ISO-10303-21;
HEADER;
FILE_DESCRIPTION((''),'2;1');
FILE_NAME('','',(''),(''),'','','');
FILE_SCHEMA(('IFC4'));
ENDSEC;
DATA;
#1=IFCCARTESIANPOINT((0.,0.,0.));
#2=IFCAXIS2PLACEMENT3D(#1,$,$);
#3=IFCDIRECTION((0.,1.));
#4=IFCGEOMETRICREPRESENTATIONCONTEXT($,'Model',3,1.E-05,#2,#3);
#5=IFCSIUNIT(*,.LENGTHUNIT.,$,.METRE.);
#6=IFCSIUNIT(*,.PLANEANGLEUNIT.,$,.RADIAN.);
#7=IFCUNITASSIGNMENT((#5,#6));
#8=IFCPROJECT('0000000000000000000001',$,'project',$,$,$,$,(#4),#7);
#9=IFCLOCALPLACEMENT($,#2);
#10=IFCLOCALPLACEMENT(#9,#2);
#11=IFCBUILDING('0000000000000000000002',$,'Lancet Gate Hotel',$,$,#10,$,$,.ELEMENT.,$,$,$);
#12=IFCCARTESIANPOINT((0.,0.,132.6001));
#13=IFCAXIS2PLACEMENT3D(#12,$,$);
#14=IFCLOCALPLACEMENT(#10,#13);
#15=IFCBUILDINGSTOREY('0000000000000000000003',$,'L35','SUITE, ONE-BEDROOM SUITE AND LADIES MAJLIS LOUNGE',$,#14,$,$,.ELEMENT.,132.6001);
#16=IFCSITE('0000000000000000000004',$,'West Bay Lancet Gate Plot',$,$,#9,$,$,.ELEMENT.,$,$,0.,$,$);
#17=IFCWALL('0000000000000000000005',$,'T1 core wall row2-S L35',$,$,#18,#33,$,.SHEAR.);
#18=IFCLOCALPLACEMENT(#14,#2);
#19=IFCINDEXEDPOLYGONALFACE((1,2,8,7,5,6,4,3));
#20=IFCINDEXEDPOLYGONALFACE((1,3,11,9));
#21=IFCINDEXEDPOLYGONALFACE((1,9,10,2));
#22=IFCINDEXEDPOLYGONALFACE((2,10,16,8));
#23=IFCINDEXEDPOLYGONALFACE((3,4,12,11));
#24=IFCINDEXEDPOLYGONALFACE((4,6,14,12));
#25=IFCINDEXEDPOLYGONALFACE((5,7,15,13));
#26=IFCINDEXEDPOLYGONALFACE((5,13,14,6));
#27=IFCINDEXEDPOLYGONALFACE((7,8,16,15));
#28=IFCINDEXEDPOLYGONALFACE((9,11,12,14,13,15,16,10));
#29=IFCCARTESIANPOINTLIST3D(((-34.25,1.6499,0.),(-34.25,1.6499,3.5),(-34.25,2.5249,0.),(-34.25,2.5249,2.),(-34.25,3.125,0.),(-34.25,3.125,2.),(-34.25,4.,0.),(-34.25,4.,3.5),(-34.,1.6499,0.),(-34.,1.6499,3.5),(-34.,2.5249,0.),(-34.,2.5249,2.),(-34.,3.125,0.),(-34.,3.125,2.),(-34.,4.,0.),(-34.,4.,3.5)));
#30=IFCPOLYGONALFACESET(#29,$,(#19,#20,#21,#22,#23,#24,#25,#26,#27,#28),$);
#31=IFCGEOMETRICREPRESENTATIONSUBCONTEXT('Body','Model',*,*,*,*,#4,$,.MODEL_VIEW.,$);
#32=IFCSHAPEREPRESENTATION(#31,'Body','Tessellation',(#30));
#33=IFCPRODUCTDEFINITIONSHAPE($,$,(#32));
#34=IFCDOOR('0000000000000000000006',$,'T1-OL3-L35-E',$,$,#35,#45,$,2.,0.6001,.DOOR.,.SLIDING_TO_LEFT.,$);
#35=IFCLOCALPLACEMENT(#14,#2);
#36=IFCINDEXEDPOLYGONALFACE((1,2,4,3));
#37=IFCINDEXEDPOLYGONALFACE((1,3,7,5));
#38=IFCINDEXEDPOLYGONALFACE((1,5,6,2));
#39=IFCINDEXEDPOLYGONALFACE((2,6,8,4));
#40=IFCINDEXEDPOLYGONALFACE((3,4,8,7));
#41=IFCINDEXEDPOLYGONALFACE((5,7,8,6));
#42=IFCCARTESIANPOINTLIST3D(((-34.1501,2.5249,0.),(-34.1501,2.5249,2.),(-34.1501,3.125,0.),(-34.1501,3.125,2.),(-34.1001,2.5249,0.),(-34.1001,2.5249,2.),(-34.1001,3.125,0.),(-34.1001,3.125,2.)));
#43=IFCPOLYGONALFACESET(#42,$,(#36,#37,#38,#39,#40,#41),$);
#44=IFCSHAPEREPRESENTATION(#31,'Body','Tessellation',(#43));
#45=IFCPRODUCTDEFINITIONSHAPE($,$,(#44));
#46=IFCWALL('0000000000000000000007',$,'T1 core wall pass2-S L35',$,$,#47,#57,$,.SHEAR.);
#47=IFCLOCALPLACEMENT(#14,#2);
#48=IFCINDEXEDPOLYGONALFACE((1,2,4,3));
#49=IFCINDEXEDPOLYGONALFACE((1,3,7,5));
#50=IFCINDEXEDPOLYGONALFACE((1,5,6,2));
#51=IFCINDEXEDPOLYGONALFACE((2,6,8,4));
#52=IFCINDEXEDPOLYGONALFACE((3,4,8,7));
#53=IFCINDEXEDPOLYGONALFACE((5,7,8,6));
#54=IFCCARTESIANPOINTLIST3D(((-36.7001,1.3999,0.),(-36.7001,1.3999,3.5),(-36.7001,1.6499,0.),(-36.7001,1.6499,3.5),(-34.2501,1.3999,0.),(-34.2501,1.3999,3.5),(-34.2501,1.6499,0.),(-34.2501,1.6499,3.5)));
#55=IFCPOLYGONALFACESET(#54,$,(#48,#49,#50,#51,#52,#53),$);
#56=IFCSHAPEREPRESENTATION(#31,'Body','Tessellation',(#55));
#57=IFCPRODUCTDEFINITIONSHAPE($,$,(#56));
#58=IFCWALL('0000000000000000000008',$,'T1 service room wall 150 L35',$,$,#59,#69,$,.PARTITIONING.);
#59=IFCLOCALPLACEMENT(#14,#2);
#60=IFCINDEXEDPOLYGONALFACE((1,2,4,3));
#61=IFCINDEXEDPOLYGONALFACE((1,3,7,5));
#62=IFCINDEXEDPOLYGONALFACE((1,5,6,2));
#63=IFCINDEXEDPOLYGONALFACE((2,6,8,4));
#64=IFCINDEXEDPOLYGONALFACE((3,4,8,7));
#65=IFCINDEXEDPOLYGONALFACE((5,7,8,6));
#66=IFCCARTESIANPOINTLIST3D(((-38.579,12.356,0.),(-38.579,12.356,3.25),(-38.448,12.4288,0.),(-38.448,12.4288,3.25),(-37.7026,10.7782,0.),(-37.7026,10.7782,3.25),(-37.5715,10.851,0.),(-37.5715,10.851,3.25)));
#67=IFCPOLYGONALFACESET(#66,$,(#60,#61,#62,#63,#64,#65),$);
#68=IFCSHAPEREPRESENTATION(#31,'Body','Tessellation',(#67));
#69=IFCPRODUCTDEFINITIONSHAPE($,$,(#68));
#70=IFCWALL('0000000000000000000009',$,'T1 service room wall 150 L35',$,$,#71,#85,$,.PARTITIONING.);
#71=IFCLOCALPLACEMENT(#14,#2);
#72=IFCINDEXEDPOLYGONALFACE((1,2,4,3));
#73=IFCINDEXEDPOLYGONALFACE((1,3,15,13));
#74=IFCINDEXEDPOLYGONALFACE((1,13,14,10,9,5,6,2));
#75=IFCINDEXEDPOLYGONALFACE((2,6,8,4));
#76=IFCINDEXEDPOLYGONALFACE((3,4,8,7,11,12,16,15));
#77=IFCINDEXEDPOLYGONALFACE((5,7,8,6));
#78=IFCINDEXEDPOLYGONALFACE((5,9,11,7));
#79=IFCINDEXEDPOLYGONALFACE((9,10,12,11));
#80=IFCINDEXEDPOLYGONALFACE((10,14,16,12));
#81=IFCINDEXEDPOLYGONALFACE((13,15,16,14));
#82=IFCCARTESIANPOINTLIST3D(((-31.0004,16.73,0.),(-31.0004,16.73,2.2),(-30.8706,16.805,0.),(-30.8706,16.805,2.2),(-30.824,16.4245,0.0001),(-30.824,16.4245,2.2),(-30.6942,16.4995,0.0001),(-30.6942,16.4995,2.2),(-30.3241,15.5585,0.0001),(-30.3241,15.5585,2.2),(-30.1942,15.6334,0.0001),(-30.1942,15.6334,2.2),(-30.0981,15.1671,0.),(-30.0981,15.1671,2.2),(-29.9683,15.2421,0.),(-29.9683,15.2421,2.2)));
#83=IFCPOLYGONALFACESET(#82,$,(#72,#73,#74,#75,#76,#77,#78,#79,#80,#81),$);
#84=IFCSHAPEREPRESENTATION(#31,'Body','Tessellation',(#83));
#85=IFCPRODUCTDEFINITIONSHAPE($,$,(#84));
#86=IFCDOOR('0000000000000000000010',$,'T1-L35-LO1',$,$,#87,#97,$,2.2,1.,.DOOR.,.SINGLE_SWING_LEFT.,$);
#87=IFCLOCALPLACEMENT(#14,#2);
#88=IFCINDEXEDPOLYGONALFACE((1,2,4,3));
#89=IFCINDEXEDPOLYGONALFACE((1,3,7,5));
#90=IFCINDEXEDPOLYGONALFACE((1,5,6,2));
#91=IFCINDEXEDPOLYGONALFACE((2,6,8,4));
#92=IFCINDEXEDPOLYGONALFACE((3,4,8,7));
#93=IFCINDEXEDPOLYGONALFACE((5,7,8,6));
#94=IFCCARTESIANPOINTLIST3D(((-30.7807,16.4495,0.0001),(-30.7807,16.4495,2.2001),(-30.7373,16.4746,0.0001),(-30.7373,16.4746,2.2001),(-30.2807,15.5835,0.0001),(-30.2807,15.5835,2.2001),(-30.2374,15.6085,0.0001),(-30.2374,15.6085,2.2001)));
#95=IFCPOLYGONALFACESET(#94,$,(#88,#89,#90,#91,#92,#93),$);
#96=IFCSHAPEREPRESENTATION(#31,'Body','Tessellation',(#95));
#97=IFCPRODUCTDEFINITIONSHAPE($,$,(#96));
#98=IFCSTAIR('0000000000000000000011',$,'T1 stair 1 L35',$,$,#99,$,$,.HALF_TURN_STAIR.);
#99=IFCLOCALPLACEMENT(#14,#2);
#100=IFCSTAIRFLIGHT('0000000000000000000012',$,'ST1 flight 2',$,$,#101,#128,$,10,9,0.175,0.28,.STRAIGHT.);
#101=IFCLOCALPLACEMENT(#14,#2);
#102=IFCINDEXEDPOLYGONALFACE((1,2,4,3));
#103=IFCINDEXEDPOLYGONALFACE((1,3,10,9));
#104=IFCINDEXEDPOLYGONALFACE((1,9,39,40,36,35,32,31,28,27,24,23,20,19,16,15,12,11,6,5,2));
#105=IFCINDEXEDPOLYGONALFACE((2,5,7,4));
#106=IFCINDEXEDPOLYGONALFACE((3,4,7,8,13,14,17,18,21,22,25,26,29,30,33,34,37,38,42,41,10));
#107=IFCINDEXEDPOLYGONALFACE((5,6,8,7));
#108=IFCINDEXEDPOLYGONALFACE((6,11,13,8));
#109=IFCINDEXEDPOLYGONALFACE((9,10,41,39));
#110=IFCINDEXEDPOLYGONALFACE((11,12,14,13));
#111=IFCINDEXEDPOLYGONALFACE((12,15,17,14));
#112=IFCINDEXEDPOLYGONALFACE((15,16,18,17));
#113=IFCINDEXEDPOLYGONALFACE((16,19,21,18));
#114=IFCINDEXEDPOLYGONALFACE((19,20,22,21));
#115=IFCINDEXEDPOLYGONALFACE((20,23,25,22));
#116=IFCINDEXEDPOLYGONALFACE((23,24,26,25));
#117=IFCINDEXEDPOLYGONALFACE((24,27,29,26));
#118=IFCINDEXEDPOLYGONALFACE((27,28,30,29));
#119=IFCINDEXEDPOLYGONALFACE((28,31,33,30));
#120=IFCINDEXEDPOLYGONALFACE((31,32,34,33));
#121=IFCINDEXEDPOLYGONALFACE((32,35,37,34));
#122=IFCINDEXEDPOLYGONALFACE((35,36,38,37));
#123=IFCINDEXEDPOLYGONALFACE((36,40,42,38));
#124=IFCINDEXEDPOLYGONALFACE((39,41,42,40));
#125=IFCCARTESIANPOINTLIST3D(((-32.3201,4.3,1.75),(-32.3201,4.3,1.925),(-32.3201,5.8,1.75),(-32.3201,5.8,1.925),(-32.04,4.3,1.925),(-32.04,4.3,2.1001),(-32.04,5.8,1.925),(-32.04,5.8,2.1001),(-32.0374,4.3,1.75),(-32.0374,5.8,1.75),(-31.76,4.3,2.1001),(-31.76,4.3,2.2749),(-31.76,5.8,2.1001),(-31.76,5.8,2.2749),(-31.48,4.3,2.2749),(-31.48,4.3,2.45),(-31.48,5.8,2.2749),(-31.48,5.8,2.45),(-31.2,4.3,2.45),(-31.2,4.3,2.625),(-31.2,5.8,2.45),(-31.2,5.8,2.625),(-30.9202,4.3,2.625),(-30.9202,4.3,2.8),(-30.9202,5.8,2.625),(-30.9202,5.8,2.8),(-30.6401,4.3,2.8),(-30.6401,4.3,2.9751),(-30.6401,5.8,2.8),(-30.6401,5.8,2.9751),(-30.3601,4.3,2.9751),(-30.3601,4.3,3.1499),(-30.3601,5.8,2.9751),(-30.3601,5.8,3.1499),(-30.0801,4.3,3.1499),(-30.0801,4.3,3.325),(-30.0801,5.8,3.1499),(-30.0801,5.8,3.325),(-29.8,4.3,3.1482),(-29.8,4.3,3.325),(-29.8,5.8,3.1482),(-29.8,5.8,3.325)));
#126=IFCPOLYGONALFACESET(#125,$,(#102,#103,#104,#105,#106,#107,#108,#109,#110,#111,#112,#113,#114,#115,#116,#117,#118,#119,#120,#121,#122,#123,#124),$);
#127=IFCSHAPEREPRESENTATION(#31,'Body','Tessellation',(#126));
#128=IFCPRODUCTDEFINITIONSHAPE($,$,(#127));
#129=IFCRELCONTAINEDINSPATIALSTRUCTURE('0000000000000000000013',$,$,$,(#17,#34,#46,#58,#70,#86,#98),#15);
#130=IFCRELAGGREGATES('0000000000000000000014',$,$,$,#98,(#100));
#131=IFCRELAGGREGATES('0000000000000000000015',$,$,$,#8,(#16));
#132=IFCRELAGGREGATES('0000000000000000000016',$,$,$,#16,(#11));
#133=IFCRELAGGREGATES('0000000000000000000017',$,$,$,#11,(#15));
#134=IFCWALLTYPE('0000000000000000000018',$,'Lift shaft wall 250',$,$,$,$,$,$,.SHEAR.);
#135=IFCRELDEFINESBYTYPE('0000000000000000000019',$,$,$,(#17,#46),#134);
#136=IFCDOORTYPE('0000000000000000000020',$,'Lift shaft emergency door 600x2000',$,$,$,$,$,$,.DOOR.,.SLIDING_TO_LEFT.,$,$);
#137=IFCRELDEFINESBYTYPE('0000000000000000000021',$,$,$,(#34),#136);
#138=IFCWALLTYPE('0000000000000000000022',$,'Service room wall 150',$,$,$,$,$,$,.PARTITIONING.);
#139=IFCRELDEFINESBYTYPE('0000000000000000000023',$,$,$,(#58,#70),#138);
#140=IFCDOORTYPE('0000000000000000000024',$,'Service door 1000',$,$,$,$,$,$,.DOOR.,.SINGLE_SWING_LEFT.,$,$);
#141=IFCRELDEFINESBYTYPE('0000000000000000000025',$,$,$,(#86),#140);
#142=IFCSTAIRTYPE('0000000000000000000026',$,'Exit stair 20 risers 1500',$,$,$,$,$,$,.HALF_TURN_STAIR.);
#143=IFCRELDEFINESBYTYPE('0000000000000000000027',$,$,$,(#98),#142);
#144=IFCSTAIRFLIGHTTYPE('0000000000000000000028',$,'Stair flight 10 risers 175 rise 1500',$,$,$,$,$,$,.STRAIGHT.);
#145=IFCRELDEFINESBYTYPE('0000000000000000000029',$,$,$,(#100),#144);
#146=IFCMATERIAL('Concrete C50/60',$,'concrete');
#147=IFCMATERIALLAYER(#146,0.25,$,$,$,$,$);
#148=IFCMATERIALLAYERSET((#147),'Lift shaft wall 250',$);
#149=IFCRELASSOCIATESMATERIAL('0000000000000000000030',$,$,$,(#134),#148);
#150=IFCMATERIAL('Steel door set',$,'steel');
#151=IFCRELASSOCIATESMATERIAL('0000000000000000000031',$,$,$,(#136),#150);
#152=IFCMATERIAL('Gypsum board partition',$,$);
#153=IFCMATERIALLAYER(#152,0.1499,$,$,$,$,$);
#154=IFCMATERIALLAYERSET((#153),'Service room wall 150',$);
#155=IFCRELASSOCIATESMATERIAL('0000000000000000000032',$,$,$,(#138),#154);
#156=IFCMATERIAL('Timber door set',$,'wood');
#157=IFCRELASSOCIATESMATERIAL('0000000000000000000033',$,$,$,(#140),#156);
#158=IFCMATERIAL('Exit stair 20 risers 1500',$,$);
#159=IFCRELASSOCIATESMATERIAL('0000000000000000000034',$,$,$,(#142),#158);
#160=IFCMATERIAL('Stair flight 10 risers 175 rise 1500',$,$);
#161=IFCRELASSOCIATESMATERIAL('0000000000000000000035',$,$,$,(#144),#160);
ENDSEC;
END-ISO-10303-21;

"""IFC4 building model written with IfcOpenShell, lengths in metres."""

from ifc_helpers import new_model, si_unit, direction, frame, frame_2d, origin, place, context, subcontext, project, spatial, polyline, rectangle, outline, extrude, material, layer, layer_set, type_object, element, fill, aggregate, save


model = new_model("IFC4")

# Units and contexts
model_context = context("Model", 3, precision=1e-05, world=origin(), true_north=direction((0.0, 1.0)))
body_context = subcontext(model_context, "Body", "Model", "MODEL_VIEW")
ifc_project = project(units=[si_unit("LENGTHUNIT", "METRE"), si_unit("PLANEANGLEUNIT", "RADIAN")], contexts=[model_context])

# Site, building, storey
site_placement = place(None, origin())
site = spatial("IfcSite", under=ifc_project, at=site_placement, Name="West Bay Lancet Gate Plot", CompositionType="ELEMENT", RefElevation=0.0)
building_placement = place(site_placement, origin())
building = spatial("IfcBuilding", under=site, at=building_placement, Name="Lancet Gate Hotel", CompositionType="ELEMENT")
storey_placement = place(building_placement, frame((0.0, 0.0, 132.6001)))
storey = spatial("IfcBuildingStorey", under=building, at=storey_placement, Name="L35", Description="SUITE, ONE-BEDROOM SUITE AND LADIES MAJLIS LOUNGE", CompositionType="ELEMENT", Elevation=132.6001)

# Wall, opening, door
ifc_material_1 = material(Name="Concrete C50/60", Category="concrete")
ifc_layer_1 = layer(ifc_material_1, 0.25)
ifc_layer_set_1 = layer_set([ifc_layer_1], Name="Lift shaft wall 250")
wall_type_1 = type_object("IfcWallType", Name="Lift shaft wall 250", PredefinedType="SHEAR", material=ifc_layer_set_1)
wall_1_placement = place(storey_placement, frame((-34.125, 4.0, 0.0), z_axis=(0.0, 0.0, 1.0), x_axis=(0.0, -1.0, 0.0)))
wall_1 = element("IfcWall", 1, at=wall_1_placement, inside=storey, type_object=wall_type_1, Name="T1 core wall row2-S L35", PredefinedType="SHEAR", context=body_context, shape_type="SweptSolid", body=[
    extrude(rectangle(XDim=2.3501, YDim=0.25, at=frame_2d((1.175, 0.0))), origin(), (0.0, 0.0, 1.0), 3.5),
])
opening_1_placement = place(wall_1_placement, frame((0.875, 0.0, 0.0)))
opening_1 = element("IfcOpeningElement", 2, at=opening_1_placement, cuts=wall_1, PredefinedType="OPENING", context=body_context, shape_type="SweptSolid", body=[
    extrude(rectangle(XDim=0.6001, YDim=2.0, at=frame_2d((0.3, 1.0))), frame((0.0, 0.135, 0.0), z_axis=(0.0, -1.0, 0.0), x_axis=(1.0, 0.0, 0.0)), (0.0, 0.0, 1.0), 0.27),
])
ifc_material_2 = material(Name="Steel door set", Category="steel")
door_type_1 = type_object("IfcDoorType", Name="Lift shaft emergency door 600x2000", OperationType="SLIDING_TO_LEFT", PredefinedType="DOOR", material=ifc_material_2)
door_1_placement = place(opening_1_placement, origin())
door_1 = element("IfcDoor", 3, at=door_1_placement, inside=storey, type_object=door_type_1, Name="T1-OL3-L35-E", OperationType="SLIDING_TO_LEFT", OverallHeight=2.0, OverallWidth=0.6001, PredefinedType="DOOR", context=body_context, shape_type="SweptSolid", body=[
    extrude(rectangle(XDim=0.6001, YDim=2.0, at=frame_2d((0.3, 1.0))), frame((0.0, 0.0249, 0.0), z_axis=(0.0, -1.0, 0.0), x_axis=(1.0, 0.0, 0.0)), (0.0, 0.0, 1.0), 0.05),
])
fill(opening_1, door_1)

# Walls
wall_2_placement = place(storey_placement, frame((-34.25, 1.5249, 0.0), z_axis=(0.0, 0.0, 1.0), x_axis=(-1.0, 0.0, 0.0)))
element("IfcWall", 4, at=wall_2_placement, inside=storey, type_object=wall_type_1, Name="T1 core wall pass2-S L35", PredefinedType="SHEAR", context=body_context, shape_type="SweptSolid", body=[
    extrude(rectangle(XDim=2.45, YDim=0.25, at=frame_2d((1.2251, 0.0))), origin(), (0.0, 0.0, 1.0), 3.5),
])
ifc_material_3 = material(Name="Gypsum board partition")
ifc_layer_2 = layer(ifc_material_3, 0.1499)
ifc_layer_set_2 = layer_set([ifc_layer_2], Name="Service room wall 150")
wall_type_2 = type_object("IfcWallType", Name="Service room wall 150", PredefinedType="PARTITIONING", material=ifc_layer_set_2)
wall_3_placement = place(storey_placement, frame((-38.5134, 12.3923, 0.0), z_axis=(0.0, 0.0, 1.0), x_axis=(0.485586, -0.874189, 0.0)))
element("IfcWall", 5, at=wall_3_placement, inside=storey, type_object=wall_type_2, Name="T1 service room wall 150 L35", PredefinedType="PARTITIONING", context=body_context, shape_type="SweptSolid", body=[
    extrude(rectangle(XDim=1.8049, YDim=0.1499, at=frame_2d((0.9023, 0.0))), origin(), (0.0, 0.0, 1.0), 3.25),
])

# Wall, opening, door
wall_4_placement = place(storey_placement, frame((-30.0332, 15.2046, 0.0), z_axis=(0.0, 0.0, 1.0), x_axis=(-0.49998, 0.866037, 0.0)))
wall_4 = element("IfcWall", 6, at=wall_4_placement, inside=storey, type_object=wall_type_2, Name="T1 service room wall 150 L35", PredefinedType="PARTITIONING", context=body_context, shape_type="SweptSolid", body=[
    extrude(rectangle(XDim=1.8047, YDim=0.1499, at=frame_2d((0.9023, 0.0))), origin(), (0.0, 0.0, 1.0), 2.2),
])
opening_2_placement = place(wall_4_placement, frame((0.4519, 0.0, 0.0)))
opening_2 = element("IfcOpeningElement", 7, at=opening_2_placement, cuts=wall_4, PredefinedType="OPENING", context=body_context, shape_type="SweptSolid", body=[
    extrude(rectangle(XDim=1.0, YDim=2.2, at=frame_2d((0.5, 1.1001))), frame((0.0, 0.085, 0.0), z_axis=(0.0, -1.0, 0.0), x_axis=(1.0, 0.0, 0.0)), (0.0, 0.0, 1.0), 0.1699),
])
ifc_material_4 = material(Name="Timber door set", Category="wood")
door_type_2 = type_object("IfcDoorType", Name="Service door 1000", OperationType="SINGLE_SWING_LEFT", PredefinedType="DOOR", material=ifc_material_4)
door_2_placement = place(opening_2_placement, origin())
door_2 = element("IfcDoor", 8, at=door_2_placement, inside=storey, type_object=door_type_2, Name="T1-L35-LO1", OperationType="SINGLE_SWING_LEFT", OverallHeight=2.2, OverallWidth=1.0, PredefinedType="DOOR", context=body_context, shape_type="SweptSolid", body=[
    extrude(rectangle(XDim=1.0, YDim=2.2, at=frame_2d((0.5, 1.1001))), frame((0.0, 0.0249, 0.0), z_axis=(0.0, -1.0, 0.0), x_axis=(1.0, 0.0, 0.0)), (0.0, 0.0, 1.0), 0.05),
])
fill(opening_2, door_2)

# Stair, stair flight
ifc_material_5 = material(Name="Exit stair 20 risers 1500")
stair_type = type_object("IfcStairType", Name="Exit stair 20 risers 1500", PredefinedType="HALF_TURN_STAIR", material=ifc_material_5)
stair_placement = place(storey_placement, origin())
stair = element("IfcStair", 9, at=stair_placement, inside=storey, type_object=stair_type, Name="T1 stair 1 L35", PredefinedType="HALF_TURN_STAIR")
ifc_material_6 = material(Name="Stair flight 10 risers 175 rise 1500")
stair_flight_type = type_object("IfcStairFlightType", Name="Stair flight 10 risers 175 rise 1500", PredefinedType="STRAIGHT", material=ifc_material_6)
stair_flight_placement = place(storey_placement, frame((-32.3201, 5.05, 1.75), z_axis=(0.0, 0.0, 1.0), x_axis=(1.0, 0.0, 0.0)))
stair_flight = element("IfcStairFlight", 10, at=stair_flight_placement, type_object=stair_flight_type, Name="ST1 flight 2", NumberOfRisers=10, NumberOfTreads=9, PredefinedType="STRAIGHT", RiserHeight=0.175, TreadLength=0.28, context=body_context, shape_type="SweptSolid", body=[
    extrude(outline(polyline([(0.0, 0.0), (0.0, 0.175), (0.28, 0.175), (0.28, 0.3501), (0.5601, 0.3501), (0.5601, 0.5249), (0.8401, 0.5249), (0.8401, 0.7), (1.1201, 0.7), (1.1201, 0.875), (1.3999, 0.875), (1.3999, 1.05), (1.6799, 1.05), (1.6799, 1.2251), (1.96, 1.2251), (1.96, 1.3999), (2.24, 1.3999), (2.24, 1.575), (2.52, 1.575), (2.52, 1.75), (2.52, 1.3982), (0.2827, 0.0), (0.0, 0.0)])), frame((0.0, 0.75, 0.0), z_axis=(0.0, -1.0, 0.0), x_axis=(1.0, 0.0, 0.0)), (0.0, 0.0, 1.0), 1.5),
])
aggregate(stair, [stair_flight])

save(model, "model.ifc")
